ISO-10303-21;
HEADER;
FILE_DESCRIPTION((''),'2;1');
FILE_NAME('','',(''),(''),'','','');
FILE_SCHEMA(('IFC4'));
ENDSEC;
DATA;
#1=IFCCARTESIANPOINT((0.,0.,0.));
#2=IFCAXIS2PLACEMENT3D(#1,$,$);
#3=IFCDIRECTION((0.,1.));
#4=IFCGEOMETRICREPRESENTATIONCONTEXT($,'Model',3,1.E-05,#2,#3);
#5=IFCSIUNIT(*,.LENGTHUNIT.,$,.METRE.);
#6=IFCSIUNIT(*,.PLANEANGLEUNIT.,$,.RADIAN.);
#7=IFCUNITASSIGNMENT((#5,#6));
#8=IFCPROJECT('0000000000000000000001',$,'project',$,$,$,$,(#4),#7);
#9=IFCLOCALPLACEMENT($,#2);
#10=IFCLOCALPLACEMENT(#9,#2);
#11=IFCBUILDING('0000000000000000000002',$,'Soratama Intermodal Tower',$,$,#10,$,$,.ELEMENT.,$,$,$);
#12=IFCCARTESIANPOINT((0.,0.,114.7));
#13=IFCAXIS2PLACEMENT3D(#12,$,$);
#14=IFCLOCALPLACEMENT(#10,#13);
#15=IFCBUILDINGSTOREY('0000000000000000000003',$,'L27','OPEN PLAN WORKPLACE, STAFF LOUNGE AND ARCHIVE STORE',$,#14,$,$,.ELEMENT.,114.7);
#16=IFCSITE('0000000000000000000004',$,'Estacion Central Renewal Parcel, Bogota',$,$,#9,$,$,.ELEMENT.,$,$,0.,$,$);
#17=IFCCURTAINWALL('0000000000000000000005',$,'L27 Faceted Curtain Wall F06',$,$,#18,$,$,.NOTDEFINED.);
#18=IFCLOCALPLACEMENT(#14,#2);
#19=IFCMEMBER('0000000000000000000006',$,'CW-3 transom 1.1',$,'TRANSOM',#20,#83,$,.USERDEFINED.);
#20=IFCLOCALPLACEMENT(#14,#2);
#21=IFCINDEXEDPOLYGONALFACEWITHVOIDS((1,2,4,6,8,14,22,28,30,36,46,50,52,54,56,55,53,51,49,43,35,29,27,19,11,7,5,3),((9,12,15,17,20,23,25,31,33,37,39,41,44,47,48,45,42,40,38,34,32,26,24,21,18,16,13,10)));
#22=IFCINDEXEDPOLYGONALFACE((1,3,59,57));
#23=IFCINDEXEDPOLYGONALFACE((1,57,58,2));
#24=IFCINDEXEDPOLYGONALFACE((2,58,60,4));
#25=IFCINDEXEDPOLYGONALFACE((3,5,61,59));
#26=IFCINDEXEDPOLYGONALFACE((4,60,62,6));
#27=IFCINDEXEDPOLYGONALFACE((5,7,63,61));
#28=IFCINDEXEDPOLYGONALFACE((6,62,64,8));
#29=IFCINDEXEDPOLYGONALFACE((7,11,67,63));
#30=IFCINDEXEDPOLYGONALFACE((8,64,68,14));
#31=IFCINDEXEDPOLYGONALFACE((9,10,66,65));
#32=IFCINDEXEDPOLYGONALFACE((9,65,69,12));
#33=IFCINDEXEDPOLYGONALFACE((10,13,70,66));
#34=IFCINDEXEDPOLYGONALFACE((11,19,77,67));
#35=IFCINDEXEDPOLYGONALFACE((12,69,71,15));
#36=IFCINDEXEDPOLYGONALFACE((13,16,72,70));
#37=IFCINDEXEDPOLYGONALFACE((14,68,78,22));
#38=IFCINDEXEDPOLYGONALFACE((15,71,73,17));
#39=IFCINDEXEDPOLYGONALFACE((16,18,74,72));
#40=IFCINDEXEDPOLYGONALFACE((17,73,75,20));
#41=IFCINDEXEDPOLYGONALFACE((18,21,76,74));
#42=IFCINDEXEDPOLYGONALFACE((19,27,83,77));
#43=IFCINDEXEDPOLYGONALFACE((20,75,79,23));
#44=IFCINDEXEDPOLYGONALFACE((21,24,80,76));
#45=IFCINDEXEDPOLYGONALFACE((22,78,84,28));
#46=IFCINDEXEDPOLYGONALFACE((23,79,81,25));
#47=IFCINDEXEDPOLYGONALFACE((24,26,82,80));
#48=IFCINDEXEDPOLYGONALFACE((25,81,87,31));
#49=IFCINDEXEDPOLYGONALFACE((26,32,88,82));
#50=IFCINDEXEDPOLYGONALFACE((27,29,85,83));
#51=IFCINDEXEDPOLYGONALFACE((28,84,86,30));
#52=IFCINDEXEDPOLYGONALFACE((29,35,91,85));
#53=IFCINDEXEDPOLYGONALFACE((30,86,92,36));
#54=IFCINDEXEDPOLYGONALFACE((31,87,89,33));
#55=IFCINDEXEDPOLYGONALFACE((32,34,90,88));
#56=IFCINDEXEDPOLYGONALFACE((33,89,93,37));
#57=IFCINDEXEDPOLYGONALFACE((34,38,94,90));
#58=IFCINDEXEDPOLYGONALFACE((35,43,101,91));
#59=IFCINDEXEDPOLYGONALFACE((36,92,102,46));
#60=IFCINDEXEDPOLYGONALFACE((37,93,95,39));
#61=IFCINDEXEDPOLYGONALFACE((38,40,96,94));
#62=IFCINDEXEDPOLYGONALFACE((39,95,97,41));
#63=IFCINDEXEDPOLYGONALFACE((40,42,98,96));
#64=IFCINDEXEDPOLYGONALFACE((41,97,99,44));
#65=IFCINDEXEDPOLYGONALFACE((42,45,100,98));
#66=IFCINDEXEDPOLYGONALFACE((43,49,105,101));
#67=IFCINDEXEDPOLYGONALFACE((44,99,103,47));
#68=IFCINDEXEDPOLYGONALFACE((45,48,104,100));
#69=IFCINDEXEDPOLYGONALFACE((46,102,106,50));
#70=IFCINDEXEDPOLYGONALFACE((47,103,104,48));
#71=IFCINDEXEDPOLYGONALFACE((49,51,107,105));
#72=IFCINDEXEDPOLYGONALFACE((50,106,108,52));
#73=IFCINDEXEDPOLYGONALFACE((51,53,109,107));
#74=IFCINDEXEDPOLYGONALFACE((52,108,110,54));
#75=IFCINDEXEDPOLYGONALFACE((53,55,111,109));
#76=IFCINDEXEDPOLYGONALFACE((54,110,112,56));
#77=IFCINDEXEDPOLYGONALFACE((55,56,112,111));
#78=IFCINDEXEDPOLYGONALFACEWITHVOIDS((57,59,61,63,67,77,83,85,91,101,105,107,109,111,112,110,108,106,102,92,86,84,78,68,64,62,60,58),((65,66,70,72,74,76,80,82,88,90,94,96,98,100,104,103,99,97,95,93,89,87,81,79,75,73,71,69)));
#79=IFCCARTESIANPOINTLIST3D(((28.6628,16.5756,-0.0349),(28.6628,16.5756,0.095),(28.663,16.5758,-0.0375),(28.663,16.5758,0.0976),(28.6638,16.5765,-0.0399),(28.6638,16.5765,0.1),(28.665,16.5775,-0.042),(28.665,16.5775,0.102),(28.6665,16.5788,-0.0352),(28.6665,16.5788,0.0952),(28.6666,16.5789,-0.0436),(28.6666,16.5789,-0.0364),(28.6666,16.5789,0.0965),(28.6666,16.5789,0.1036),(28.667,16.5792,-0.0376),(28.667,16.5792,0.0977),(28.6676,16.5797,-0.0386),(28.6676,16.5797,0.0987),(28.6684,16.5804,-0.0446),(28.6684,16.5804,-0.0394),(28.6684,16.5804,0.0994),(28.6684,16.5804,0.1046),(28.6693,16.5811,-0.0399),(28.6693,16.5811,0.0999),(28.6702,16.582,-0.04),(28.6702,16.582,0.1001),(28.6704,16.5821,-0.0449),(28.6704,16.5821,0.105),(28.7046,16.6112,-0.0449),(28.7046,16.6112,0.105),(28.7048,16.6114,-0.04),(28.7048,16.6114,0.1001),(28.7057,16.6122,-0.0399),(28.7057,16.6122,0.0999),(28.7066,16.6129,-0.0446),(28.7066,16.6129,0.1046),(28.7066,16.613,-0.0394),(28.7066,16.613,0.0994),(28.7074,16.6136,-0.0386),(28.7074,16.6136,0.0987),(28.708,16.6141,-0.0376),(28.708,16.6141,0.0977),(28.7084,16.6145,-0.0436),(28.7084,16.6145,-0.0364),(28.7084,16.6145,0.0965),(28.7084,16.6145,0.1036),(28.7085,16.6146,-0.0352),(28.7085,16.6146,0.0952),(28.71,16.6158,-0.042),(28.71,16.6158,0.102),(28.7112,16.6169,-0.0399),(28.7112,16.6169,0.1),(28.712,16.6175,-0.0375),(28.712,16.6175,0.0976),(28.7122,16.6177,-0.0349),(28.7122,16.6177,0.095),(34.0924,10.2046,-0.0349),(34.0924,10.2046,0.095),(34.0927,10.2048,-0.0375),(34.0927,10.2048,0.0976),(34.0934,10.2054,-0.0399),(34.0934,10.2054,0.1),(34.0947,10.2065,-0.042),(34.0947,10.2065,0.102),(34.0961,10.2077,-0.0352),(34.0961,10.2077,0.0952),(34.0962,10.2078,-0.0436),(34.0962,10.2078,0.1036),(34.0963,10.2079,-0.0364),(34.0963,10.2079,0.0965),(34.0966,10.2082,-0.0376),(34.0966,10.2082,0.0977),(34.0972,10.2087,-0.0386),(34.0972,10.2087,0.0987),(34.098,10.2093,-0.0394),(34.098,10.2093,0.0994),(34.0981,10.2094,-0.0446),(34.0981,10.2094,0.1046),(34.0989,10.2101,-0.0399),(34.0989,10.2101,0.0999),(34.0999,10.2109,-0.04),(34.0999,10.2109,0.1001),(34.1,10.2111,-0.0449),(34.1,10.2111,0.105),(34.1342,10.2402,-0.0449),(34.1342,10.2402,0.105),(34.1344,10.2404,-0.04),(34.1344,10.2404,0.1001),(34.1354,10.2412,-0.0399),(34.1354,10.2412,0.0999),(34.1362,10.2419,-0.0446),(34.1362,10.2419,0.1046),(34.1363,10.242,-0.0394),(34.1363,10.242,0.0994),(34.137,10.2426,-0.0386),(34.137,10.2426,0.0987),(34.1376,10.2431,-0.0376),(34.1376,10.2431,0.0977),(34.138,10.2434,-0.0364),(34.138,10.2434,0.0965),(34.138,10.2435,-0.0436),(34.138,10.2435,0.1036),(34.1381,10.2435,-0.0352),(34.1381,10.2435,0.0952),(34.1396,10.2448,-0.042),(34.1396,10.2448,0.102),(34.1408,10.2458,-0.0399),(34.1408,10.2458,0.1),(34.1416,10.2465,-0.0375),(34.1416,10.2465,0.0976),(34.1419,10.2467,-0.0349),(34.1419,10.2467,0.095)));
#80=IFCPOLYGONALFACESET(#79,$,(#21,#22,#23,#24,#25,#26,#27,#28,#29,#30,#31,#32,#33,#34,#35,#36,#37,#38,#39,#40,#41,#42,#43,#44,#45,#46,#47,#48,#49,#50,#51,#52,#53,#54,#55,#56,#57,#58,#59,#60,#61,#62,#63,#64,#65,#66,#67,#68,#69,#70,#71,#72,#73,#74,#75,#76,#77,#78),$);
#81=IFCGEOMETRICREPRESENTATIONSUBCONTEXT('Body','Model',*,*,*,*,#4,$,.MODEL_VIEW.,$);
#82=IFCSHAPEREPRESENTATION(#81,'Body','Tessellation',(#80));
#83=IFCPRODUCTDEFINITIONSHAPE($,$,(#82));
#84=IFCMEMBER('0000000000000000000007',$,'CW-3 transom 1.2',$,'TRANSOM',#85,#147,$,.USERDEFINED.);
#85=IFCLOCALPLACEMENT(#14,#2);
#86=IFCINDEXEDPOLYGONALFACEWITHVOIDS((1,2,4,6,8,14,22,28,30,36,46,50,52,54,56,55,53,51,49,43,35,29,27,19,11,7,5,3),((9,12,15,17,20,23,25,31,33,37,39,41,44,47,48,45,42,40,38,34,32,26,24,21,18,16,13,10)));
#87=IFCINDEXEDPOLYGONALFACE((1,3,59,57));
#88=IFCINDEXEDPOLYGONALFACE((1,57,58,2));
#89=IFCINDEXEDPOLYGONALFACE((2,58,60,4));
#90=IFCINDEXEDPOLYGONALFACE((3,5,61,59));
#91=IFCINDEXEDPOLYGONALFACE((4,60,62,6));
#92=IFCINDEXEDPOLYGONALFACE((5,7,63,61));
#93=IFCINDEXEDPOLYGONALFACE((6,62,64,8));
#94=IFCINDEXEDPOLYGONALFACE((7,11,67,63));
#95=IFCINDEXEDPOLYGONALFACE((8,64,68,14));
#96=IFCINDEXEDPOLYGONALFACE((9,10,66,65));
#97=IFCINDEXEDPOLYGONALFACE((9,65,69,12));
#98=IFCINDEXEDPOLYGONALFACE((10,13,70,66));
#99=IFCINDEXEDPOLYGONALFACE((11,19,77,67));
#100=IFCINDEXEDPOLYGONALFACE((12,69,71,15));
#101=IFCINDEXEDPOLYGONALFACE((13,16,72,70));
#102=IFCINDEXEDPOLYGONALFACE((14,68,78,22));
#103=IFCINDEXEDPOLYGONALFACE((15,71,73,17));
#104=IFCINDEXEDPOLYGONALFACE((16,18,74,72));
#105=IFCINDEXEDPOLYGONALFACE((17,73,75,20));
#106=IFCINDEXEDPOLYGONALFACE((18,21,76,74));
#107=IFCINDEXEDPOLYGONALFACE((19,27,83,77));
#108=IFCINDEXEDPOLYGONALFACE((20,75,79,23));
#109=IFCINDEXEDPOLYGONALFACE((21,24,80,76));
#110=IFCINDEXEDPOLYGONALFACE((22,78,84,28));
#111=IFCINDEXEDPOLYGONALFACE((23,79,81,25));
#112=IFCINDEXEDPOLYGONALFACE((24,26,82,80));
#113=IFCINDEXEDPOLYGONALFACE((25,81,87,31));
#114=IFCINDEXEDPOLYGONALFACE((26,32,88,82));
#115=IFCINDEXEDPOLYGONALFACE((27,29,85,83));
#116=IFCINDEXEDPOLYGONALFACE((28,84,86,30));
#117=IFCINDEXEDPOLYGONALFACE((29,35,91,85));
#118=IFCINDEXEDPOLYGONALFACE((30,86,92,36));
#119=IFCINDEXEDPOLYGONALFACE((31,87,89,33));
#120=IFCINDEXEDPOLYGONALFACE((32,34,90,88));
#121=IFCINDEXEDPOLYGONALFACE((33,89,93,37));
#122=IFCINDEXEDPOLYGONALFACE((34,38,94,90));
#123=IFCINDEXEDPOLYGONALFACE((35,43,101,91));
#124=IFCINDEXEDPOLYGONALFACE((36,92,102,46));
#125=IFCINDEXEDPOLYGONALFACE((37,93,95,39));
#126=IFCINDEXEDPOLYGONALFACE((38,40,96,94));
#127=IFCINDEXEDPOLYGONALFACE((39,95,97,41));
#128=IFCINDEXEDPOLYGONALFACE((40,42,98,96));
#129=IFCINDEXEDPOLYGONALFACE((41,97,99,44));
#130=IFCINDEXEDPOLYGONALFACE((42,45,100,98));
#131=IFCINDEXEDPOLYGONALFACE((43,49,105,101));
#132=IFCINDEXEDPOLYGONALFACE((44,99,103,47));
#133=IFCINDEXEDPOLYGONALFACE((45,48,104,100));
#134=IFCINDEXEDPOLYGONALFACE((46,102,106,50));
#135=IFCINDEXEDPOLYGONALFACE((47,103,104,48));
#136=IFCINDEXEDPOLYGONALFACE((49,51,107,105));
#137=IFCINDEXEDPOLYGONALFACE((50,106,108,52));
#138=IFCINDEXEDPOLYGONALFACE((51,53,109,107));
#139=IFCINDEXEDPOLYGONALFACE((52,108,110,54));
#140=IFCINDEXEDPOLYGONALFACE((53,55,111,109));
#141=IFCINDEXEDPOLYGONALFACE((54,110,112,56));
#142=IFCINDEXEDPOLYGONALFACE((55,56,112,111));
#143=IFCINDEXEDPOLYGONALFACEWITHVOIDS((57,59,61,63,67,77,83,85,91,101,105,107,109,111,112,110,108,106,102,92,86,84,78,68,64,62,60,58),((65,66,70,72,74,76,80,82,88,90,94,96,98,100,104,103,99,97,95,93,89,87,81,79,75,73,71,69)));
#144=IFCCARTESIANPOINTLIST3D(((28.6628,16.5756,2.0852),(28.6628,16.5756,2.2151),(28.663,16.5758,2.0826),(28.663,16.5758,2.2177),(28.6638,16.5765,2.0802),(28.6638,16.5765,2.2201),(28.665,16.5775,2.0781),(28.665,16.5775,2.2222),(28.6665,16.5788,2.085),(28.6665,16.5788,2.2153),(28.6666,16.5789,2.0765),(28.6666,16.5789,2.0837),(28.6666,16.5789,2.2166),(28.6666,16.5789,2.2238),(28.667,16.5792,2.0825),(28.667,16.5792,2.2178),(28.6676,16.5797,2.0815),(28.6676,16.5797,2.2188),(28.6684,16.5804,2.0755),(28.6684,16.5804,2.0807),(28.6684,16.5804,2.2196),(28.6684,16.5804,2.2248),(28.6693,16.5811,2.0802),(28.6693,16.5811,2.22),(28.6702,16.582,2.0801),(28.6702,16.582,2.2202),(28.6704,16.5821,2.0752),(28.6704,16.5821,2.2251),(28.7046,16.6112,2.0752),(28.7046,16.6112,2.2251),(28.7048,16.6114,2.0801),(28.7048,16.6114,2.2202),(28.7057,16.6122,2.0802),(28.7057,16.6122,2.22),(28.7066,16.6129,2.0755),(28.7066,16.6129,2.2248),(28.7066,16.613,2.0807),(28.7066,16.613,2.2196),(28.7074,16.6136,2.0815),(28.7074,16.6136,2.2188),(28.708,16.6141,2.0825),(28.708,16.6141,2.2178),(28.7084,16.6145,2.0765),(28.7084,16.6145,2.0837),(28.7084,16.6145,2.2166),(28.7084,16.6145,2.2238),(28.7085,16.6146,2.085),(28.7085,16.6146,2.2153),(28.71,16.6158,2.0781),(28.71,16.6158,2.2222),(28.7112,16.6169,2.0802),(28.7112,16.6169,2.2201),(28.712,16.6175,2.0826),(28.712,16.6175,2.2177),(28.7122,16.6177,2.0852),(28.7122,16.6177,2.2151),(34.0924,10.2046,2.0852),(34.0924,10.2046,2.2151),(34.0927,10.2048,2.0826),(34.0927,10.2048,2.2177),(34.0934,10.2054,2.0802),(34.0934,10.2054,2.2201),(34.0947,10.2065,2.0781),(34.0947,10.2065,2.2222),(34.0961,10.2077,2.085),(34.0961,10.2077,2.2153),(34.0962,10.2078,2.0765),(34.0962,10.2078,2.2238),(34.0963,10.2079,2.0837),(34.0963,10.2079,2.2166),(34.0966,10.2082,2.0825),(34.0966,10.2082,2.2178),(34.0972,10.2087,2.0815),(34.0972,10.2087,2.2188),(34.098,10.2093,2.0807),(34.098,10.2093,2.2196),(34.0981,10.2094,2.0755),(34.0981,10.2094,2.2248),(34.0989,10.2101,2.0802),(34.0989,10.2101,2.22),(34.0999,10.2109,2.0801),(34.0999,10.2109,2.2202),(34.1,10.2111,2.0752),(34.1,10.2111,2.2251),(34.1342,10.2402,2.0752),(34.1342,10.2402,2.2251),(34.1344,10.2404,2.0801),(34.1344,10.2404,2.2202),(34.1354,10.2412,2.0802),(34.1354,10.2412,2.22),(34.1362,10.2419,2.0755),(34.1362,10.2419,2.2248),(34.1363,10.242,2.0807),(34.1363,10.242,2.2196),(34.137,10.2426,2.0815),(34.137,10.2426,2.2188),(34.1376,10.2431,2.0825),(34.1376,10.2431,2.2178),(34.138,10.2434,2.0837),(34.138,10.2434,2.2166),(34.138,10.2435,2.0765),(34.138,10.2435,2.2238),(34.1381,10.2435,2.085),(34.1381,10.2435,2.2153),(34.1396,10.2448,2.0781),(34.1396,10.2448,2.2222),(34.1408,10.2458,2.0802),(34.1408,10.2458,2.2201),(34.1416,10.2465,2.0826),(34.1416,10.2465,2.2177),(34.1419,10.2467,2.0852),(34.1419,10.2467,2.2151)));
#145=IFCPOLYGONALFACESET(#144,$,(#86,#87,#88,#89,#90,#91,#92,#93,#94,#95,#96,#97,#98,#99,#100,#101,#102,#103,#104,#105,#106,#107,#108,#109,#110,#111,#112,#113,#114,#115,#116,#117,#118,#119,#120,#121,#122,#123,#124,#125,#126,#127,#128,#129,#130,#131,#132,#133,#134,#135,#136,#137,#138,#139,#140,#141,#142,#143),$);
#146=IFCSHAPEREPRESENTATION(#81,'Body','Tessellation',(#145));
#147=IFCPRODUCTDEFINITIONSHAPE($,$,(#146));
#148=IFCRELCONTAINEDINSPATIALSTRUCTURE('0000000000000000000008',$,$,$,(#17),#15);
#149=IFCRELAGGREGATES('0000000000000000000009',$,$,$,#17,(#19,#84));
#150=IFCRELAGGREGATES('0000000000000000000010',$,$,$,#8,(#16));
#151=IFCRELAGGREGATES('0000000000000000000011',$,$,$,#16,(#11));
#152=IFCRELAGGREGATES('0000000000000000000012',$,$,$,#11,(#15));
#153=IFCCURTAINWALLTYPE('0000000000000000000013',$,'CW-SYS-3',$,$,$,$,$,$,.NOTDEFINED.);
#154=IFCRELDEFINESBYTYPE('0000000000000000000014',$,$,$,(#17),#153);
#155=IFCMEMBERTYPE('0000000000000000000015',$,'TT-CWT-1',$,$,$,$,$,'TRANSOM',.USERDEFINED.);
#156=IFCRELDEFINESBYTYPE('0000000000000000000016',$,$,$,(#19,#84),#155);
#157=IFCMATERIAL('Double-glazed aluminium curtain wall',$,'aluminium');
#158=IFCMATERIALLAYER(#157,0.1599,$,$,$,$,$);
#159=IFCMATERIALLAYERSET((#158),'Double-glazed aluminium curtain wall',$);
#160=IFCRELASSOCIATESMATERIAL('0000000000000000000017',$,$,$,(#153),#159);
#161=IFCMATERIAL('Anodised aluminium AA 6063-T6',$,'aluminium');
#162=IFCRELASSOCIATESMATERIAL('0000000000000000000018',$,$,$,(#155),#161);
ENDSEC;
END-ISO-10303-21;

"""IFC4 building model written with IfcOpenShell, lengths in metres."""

from ifc_helpers import new_model, si_unit, direction, frame, origin, origin_2d, place, context, subcontext, project, spatial, hollow_rectangle, extrude, material, layer, layer_set, material_profile, profile_set, type_object, element, aggregate, save


model = new_model("IFC4")

# Units and contexts
model_context = context("Model", 3, precision=1e-05, world=origin(), true_north=direction((0.0, 1.0)))
body_context = subcontext(model_context, "Body", "Model", "MODEL_VIEW")
ifc_project = project(units=[si_unit("LENGTHUNIT", "METRE"), si_unit("PLANEANGLEUNIT", "RADIAN")], contexts=[model_context])

# Site, building, storey
site_placement = place(None, origin())
site = spatial("IfcSite", under=ifc_project, at=site_placement, Name="Estacion Central Renewal Parcel, Bogota", CompositionType="ELEMENT", RefElevation=0.0)
building_placement = place(site_placement, origin())
building = spatial("IfcBuilding", under=site, at=building_placement, Name="Soratama Intermodal Tower", CompositionType="ELEMENT")
storey_placement = place(building_placement, frame((0.0, 0.0, 114.7)))
storey = spatial("IfcBuildingStorey", under=building, at=storey_placement, Name="L27", Description="OPEN PLAN WORKPLACE, STAFF LOUNGE AND ARCHIVE STORE", CompositionType="ELEMENT", Elevation=114.7)

# Curtain wall, members
ifc_material_1 = material(Name="Double-glazed aluminium curtain wall", Category="aluminium")
ifc_layer_1 = layer(ifc_material_1, 0.1599)
ifc_layer_set_1 = layer_set([ifc_layer_1], Name="Double-glazed aluminium curtain wall")
curtain_wall_type = type_object("IfcCurtainWallType", Name="CW-SYS-3", PredefinedType="NOTDEFINED", material=ifc_layer_set_1)
curtain_wall_placement = place(storey_placement, origin())
curtain_wall = element("IfcCurtainWall", 1, at=curtain_wall_placement, inside=storey, type_object=curtain_wall_type, Name="L27 Faceted Curtain Wall F06", PredefinedType="NOTDEFINED")
ifc_material_2 = material(Name="Anodised aluminium AA 6063-T6", Category="aluminium")
ifc_material_profile_1 = material_profile(ifc_material_2, hollow_rectangle(XDim=0.0649, YDim=0.1499, WallThickness=0.0049, InnerFilletRadius=0.0049, OuterFilletRadius=0.01, at=origin_2d()), Name="CWT150X65X5")
ifc_profile_set_1 = profile_set([ifc_material_profile_1], Name="Anodised aluminium AA 6063-T6")
member_type_1 = type_object("IfcMemberType", Name="TT-CWT-1", ElementType="TRANSOM", PredefinedType="USERDEFINED", material=ifc_profile_set_1)
member_1_placement = place(storey_placement, frame((28.6875, 16.5967, 0.03), z_axis=(0.648637, -0.761098, 0.0), x_axis=(0.761098, 0.648637, 0.0)))
member_1 = element("IfcMember", 2, at=member_1_placement, type_object=member_type_1, Name="CW-3 transom 1.1", ObjectType="TRANSOM", PredefinedType="USERDEFINED", context=body_context, shape_type="SweptSolid", body=[
    extrude(hollow_rectangle(XDim=0.0649, YDim=0.1499, WallThickness=0.0049, InnerFilletRadius=0.0049, OuterFilletRadius=0.01, at=origin_2d()), origin(), (0.0, 0.0, 1.0), 8.3708),
])
member_2_placement = place(storey_placement, frame((28.6875, 16.5967, 2.1501), z_axis=(0.648637, -0.761098, 0.0), x_axis=(0.761098, 0.648637, 0.0)))
member_2 = element("IfcMember", 3, at=member_2_placement, type_object=member_type_1, Name="CW-3 transom 1.2", ObjectType="TRANSOM", PredefinedType="USERDEFINED", context=body_context, shape_type="SweptSolid", body=[
    extrude(hollow_rectangle(XDim=0.0649, YDim=0.1499, WallThickness=0.0049, InnerFilletRadius=0.0049, OuterFilletRadius=0.01, at=origin_2d()), origin(), (0.0, 0.0, 1.0), 8.3708),
])
aggregate(curtain_wall, [member_1, member_2])

save(model, "model.ifc")
